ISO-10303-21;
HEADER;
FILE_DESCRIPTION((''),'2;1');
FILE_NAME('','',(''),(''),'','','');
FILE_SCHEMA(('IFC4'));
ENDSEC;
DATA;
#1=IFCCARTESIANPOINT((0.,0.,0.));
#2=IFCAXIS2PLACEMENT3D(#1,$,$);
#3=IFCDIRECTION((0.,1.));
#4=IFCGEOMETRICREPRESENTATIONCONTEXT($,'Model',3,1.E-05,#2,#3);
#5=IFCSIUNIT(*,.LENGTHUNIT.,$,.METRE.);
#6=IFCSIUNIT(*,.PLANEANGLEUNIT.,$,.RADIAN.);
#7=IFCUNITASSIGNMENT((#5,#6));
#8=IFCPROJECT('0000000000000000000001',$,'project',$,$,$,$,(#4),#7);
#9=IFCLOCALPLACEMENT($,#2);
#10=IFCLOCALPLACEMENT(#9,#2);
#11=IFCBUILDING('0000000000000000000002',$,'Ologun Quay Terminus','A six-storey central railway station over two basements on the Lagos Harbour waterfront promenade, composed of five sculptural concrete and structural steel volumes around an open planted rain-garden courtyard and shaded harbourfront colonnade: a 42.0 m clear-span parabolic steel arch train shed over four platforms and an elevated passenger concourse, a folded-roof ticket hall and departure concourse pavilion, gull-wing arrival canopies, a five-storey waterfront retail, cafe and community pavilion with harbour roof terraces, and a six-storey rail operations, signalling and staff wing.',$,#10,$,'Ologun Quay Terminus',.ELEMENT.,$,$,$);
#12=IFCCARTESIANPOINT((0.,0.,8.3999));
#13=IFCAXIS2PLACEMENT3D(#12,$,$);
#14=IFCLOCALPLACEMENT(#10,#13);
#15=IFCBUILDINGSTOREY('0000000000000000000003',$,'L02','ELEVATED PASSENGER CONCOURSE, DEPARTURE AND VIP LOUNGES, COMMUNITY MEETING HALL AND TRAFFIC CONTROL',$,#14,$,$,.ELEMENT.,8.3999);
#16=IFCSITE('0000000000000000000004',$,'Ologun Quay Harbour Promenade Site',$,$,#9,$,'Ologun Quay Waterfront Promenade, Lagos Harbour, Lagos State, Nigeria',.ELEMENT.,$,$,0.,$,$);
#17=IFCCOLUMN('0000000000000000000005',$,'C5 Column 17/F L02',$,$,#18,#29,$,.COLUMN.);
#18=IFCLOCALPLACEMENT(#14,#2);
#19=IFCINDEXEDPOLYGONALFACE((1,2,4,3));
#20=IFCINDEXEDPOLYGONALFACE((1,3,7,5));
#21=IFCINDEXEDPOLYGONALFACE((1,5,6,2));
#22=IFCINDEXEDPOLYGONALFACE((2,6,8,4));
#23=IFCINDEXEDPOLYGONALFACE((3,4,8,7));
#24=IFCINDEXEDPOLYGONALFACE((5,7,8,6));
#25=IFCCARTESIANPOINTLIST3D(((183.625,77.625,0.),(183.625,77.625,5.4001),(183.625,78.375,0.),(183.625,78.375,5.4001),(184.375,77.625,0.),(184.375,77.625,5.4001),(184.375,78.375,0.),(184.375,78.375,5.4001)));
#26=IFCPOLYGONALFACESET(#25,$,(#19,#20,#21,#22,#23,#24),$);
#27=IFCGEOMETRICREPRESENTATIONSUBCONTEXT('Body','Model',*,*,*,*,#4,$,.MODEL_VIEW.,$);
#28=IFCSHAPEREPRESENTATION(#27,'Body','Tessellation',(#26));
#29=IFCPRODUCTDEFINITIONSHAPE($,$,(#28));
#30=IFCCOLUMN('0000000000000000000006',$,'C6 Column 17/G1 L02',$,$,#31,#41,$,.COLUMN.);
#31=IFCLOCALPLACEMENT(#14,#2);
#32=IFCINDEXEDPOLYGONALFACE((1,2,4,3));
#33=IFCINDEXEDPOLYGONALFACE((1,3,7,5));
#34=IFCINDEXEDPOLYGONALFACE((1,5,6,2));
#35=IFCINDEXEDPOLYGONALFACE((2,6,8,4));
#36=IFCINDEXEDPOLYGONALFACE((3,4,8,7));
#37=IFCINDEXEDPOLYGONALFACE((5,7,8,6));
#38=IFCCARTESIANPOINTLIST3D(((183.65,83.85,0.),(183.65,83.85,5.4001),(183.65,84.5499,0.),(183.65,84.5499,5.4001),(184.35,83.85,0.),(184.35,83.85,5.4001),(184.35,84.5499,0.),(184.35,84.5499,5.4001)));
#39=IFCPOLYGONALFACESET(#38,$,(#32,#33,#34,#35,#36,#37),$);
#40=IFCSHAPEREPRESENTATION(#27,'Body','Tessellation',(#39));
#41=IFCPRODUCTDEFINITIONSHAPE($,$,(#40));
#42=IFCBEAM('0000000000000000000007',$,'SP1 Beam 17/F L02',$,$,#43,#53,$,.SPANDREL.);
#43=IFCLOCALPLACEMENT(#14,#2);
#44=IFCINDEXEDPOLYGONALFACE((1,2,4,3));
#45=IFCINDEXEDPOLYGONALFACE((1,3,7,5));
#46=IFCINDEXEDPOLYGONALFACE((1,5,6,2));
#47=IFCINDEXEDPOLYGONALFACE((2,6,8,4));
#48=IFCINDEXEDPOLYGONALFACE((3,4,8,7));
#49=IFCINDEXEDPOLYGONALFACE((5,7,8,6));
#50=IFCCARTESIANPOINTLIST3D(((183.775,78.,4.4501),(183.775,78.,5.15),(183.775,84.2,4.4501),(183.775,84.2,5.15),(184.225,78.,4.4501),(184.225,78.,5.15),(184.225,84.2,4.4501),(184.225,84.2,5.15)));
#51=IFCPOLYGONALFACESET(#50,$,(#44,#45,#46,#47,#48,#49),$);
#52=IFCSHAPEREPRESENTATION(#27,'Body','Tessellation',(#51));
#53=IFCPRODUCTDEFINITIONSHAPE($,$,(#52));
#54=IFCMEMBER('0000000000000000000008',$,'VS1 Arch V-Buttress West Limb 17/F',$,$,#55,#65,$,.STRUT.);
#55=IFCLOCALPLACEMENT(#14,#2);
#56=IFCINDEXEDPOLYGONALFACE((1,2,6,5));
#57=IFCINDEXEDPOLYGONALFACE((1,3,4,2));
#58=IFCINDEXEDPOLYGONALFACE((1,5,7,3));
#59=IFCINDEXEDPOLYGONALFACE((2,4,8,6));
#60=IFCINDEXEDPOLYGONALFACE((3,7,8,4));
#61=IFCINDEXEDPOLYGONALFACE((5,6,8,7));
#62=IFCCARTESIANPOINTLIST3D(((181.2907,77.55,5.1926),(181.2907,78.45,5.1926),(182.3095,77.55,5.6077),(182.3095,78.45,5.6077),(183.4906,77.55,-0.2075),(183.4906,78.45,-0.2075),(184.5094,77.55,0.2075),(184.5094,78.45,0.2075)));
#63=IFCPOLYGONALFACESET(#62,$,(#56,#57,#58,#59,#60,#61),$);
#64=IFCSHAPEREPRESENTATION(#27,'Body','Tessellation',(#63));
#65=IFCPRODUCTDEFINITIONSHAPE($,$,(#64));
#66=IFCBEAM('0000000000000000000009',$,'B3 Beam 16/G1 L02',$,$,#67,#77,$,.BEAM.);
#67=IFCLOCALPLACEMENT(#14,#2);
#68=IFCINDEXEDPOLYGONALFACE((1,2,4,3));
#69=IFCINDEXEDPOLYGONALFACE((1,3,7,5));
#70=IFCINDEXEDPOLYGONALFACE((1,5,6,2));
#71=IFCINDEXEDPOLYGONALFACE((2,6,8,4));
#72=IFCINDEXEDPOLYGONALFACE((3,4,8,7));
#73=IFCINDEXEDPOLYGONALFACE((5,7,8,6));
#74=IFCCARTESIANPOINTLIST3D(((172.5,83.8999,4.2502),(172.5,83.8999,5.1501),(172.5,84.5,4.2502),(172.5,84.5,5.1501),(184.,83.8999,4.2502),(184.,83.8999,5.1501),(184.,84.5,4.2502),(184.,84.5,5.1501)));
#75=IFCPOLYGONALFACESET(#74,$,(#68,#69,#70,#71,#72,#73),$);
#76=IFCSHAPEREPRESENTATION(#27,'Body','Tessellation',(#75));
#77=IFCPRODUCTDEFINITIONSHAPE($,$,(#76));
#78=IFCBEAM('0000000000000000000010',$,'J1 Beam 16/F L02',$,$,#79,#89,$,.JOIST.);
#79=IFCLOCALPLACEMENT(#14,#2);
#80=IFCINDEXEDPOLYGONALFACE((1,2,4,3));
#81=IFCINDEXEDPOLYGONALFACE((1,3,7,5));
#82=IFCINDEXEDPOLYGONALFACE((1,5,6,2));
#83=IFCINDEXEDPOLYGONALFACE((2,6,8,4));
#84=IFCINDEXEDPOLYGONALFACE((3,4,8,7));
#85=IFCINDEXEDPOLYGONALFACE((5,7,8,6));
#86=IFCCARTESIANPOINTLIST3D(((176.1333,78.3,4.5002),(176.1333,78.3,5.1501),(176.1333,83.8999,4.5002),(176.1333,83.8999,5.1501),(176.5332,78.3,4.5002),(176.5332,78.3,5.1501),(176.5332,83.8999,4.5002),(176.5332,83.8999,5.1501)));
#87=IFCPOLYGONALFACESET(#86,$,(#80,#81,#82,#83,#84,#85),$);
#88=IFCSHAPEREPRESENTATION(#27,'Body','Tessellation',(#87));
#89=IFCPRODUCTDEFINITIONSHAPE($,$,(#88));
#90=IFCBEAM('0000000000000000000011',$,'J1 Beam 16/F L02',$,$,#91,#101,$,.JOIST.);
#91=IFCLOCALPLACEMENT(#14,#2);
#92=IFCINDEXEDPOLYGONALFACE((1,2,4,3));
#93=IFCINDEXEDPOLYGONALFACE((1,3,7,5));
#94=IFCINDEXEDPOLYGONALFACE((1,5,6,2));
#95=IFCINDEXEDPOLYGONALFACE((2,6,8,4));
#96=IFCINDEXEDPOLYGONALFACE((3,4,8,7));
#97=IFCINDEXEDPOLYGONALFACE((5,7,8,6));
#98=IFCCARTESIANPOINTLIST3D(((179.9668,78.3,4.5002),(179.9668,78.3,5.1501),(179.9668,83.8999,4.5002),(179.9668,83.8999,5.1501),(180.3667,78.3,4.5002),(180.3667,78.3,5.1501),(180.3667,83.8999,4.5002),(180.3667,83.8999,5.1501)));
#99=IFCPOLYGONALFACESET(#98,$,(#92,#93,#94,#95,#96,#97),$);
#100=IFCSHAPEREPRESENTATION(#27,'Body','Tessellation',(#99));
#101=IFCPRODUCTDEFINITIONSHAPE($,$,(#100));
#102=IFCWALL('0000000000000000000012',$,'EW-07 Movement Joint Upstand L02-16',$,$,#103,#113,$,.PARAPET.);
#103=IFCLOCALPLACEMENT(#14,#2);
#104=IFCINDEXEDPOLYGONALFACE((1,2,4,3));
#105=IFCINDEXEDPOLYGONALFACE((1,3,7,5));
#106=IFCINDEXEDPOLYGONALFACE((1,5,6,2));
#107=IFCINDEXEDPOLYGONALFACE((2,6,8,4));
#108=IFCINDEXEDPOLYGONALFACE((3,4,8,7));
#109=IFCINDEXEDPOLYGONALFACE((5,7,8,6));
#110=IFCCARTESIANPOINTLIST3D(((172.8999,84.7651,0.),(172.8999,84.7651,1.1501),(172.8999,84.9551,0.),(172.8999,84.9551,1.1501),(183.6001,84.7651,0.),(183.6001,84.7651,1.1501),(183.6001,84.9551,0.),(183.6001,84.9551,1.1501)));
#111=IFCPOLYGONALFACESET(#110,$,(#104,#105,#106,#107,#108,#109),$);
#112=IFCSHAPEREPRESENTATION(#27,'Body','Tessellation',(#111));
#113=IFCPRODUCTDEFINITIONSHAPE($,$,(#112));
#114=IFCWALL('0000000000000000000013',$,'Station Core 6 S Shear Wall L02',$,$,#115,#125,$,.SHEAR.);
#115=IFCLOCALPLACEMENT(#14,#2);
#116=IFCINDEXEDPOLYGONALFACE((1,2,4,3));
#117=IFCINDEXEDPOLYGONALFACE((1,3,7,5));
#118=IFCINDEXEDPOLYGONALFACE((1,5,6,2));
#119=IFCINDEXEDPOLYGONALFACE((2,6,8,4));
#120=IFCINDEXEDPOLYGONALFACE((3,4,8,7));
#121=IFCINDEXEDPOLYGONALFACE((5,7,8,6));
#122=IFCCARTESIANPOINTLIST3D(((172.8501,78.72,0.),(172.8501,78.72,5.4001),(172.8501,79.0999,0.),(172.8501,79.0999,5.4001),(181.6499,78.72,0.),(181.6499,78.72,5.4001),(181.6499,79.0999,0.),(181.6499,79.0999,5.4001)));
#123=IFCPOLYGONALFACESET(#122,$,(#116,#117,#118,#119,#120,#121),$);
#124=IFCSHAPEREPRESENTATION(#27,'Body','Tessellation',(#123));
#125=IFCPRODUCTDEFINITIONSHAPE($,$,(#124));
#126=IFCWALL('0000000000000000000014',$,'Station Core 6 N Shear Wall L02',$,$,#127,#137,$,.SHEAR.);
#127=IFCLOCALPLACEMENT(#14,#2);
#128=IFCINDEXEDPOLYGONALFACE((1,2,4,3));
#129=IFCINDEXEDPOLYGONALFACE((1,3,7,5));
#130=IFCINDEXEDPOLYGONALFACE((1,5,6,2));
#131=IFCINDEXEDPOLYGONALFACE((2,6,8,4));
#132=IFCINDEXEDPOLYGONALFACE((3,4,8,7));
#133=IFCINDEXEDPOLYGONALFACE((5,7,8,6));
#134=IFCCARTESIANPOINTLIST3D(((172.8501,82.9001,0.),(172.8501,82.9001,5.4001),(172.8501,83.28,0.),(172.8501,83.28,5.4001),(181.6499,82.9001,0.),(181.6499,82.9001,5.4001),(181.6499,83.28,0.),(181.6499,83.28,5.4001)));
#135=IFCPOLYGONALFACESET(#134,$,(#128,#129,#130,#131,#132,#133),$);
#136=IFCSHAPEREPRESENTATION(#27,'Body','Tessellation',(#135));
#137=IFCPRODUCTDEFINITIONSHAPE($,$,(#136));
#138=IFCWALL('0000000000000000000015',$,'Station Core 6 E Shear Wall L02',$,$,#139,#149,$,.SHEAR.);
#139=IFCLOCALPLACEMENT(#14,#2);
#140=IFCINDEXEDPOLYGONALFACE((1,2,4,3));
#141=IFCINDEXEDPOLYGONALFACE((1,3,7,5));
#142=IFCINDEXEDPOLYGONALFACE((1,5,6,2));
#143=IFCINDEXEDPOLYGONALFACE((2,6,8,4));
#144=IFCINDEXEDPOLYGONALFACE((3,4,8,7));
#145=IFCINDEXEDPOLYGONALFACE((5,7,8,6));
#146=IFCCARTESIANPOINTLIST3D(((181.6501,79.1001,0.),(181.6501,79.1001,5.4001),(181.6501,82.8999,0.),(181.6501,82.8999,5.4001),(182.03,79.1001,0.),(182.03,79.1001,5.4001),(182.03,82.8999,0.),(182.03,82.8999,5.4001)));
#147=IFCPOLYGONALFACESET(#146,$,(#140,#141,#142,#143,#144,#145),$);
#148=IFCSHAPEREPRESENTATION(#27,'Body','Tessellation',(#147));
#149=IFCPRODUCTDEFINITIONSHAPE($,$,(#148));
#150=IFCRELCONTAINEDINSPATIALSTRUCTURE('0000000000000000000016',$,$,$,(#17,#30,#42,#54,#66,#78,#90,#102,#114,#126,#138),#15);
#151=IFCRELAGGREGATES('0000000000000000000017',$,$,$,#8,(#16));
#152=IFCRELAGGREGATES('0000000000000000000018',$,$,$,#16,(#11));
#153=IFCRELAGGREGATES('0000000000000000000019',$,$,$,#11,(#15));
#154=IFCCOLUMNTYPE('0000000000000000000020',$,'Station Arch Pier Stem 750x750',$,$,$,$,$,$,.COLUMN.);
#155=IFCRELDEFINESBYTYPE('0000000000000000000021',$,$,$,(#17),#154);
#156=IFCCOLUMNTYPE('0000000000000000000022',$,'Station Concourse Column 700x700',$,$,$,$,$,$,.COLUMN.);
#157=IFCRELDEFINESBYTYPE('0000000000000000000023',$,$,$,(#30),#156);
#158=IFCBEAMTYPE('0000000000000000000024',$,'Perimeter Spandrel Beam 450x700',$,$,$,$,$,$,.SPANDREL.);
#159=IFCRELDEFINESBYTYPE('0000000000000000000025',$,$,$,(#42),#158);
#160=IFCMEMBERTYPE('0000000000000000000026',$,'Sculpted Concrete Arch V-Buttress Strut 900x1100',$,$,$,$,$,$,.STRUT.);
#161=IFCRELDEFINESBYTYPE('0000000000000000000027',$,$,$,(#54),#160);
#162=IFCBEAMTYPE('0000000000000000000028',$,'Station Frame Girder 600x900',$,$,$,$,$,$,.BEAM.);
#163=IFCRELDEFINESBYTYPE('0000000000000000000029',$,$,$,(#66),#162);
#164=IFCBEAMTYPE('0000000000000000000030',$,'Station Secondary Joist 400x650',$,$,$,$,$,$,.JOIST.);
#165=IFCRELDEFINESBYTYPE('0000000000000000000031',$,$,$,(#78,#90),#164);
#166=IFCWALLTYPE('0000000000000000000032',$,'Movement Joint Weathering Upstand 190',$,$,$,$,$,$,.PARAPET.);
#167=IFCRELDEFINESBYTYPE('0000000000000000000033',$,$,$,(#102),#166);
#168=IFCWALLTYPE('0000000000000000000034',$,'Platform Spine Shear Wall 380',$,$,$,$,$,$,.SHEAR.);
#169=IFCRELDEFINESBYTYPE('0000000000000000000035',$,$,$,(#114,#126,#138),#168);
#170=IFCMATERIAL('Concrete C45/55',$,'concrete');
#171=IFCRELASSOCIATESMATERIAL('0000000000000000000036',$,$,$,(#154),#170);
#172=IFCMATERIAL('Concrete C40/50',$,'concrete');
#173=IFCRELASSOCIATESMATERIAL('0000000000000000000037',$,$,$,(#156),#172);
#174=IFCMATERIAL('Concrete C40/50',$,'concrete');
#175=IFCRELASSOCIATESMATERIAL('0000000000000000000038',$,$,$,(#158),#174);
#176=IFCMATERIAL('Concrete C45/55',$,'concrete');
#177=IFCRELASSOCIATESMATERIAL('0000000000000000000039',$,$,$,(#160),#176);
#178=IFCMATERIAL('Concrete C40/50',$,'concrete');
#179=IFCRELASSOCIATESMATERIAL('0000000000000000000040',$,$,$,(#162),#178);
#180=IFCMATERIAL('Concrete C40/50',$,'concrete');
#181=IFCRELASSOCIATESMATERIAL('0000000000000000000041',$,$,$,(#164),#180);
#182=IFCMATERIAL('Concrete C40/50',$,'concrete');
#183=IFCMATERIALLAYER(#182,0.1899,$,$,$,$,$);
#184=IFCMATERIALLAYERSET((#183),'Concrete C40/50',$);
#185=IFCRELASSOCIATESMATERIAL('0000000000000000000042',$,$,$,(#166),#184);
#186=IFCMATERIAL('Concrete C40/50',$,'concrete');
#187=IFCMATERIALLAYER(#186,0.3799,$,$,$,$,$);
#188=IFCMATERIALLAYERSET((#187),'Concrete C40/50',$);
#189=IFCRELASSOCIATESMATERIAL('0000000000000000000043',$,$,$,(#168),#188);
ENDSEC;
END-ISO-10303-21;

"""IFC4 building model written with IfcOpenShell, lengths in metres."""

from ifc_helpers import new_model, si_unit, direction, frame, frame_2d, origin, origin_2d, place, context, subcontext, project, spatial, rectangle, extrude, material, layer, layer_set, material_profile, profile_set, type_object, element, save


model = new_model("IFC4")

# Units and contexts
model_context = context("Model", 3, precision=1e-05, world=origin(), true_north=direction((0.0, 1.0)))
body_context = subcontext(model_context, "Body", "Model", "MODEL_VIEW")
ifc_project = project(units=[si_unit("LENGTHUNIT", "METRE"), si_unit("PLANEANGLEUNIT", "RADIAN")], contexts=[model_context])

# Site, building, storey
site_placement = place(None, origin())
site = spatial("IfcSite", under=ifc_project, at=site_placement, Name="Ologun Quay Harbour Promenade Site", LongName="Ologun Quay Waterfront Promenade, Lagos Harbour, Lagos State, Nigeria", CompositionType="ELEMENT", RefElevation=0.0)
building_placement = place(site_placement, origin())
building = spatial("IfcBuilding", under=site, at=building_placement, Name="Ologun Quay Terminus", Description="A six-storey central railway station over two basements on the Lagos Harbour waterfront promenade, composed of five sculptural concrete and structural steel volumes around an open planted rain-garden courtyard and shaded harbourfront colonnade: a 42.0 m clear-span parabolic steel arch train shed over four platforms and an elevated passenger concourse, a folded-roof ticket hall and departure concourse pavilion, gull-wing arrival canopies, a five-storey waterfront retail, cafe and community pavilion with harbour roof terraces, and a six-storey rail operations, signalling and staff wing.", LongName="Ologun Quay Terminus", CompositionType="ELEMENT")
storey_placement = place(building_placement, frame((0.0, 0.0, 8.3999)))
storey = spatial("IfcBuildingStorey", under=building, at=storey_placement, Name="L02", Description="ELEVATED PASSENGER CONCOURSE, DEPARTURE AND VIP LOUNGES, COMMUNITY MEETING HALL AND TRAFFIC CONTROL", CompositionType="ELEMENT", Elevation=8.3999)

# Columns
ifc_material_1 = material(Name="Concrete C45/55", Category="concrete")
ifc_material_profile_1 = material_profile(ifc_material_1, rectangle(XDim=0.75, YDim=0.75, at=origin_2d()), Name="RC 750x750")
ifc_profile_set_1 = profile_set([ifc_material_profile_1], Name="Concrete C45/55")
column_type_1 = type_object("IfcColumnType", Name="Station Arch Pier Stem 750x750", PredefinedType="COLUMN", material=ifc_profile_set_1)
column_1_placement = place(storey_placement, frame((184.0, 78.0, 0.0), z_axis=(0.0, 0.0, 1.0), x_axis=(1.0, 0.0, 0.0)))
element("IfcColumn", 1, at=column_1_placement, inside=storey, type_object=column_type_1, Name="C5 Column 17/F L02", PredefinedType="COLUMN", context=body_context, shape_type="SweptSolid", body=[
    extrude(rectangle(XDim=0.75, YDim=0.75, at=origin_2d()), origin(), (0.0, 0.0, 1.0), 5.4001),
])
ifc_material_2 = material(Name="Concrete C40/50", Category="concrete")
ifc_material_profile_2 = material_profile(ifc_material_2, rectangle(XDim=0.7, YDim=0.7, at=origin_2d()), Name="RC 700x700")
ifc_profile_set_2 = profile_set([ifc_material_profile_2], Name="Concrete C40/50")
column_type_2 = type_object("IfcColumnType", Name="Station Concourse Column 700x700", PredefinedType="COLUMN", material=ifc_profile_set_2)
column_2_placement = place(storey_placement, frame((184.0, 84.2, 0.0), z_axis=(0.0, 0.0, 1.0), x_axis=(1.0, 0.0, 0.0)))
element("IfcColumn", 2, at=column_2_placement, inside=storey, type_object=column_type_2, Name="C6 Column 17/G1 L02", PredefinedType="COLUMN", context=body_context, shape_type="SweptSolid", body=[
    extrude(rectangle(XDim=0.7, YDim=0.7, at=origin_2d()), origin(), (0.0, 0.0, 1.0), 5.4001),
])

# Beam
ifc_material_3 = material(Name="Concrete C40/50", Category="concrete")
ifc_material_profile_3 = material_profile(ifc_material_3, rectangle(XDim=0.45, YDim=0.7, at=origin_2d()), Name="RC 450x700")
ifc_profile_set_3 = profile_set([ifc_material_profile_3], Name="Concrete C40/50")
beam_type_1 = type_object("IfcBeamType", Name="Perimeter Spandrel Beam 450x700", PredefinedType="SPANDREL", material=ifc_profile_set_3)
beam_1_placement = place(storey_placement, frame((184.0, 78.0, 4.8), z_axis=(0.0, 1.0, 0.0), x_axis=(-1.0, 0.0, 0.0)))
element("IfcBeam", 3, at=beam_1_placement, inside=storey, type_object=beam_type_1, Name="SP1 Beam 17/F L02", PredefinedType="SPANDREL", context=body_context, shape_type="SweptSolid", body=[
    extrude(rectangle(XDim=0.45, YDim=0.7, at=origin_2d()), origin(), (0.0, 0.0, 1.0), 6.2),
])

# Member
ifc_material_4 = material(Name="Concrete C45/55", Category="concrete")
ifc_material_profile_4 = material_profile(ifc_material_4, rectangle(XDim=0.8999, YDim=1.1001, at=origin_2d()), Name="RC 900x1100")
ifc_profile_set_4 = profile_set([ifc_material_profile_4], Name="Concrete C45/55")
member_type = type_object("IfcMemberType", Name="Sculpted Concrete Arch V-Buttress Strut 900x1100", PredefinedType="STRUT", material=ifc_profile_set_4)
member_placement = place(storey_placement, frame((184.0, 78.0, 0.0), z_axis=(-0.377281, 0.0, 0.926099), x_axis=(0.0, -1.0, 0.0)))
element("IfcMember", 4, at=member_placement, inside=storey, type_object=member_type, Name="VS1 Arch V-Buttress West Limb 17/F", PredefinedType="STRUT", context=body_context, shape_type="SweptSolid", body=[
    extrude(rectangle(XDim=0.8999, YDim=1.1001, at=origin_2d()), origin(), (0.0, 0.0, 1.0), 5.8311),
])

# Beams
ifc_material_5 = material(Name="Concrete C40/50", Category="concrete")
ifc_material_profile_5 = material_profile(ifc_material_5, rectangle(XDim=0.6001, YDim=0.8999, at=origin_2d()), Name="RC 600x900")
ifc_profile_set_5 = profile_set([ifc_material_profile_5], Name="Concrete C40/50")
beam_type_2 = type_object("IfcBeamType", Name="Station Frame Girder 600x900", PredefinedType="BEAM", material=ifc_profile_set_5)
beam_2_placement = place(storey_placement, frame((172.5, 84.2, 4.7002), z_axis=(1.0, 0.0, 0.0), x_axis=(0.0, 1.0, 0.0)))
element("IfcBeam", 5, at=beam_2_placement, inside=storey, type_object=beam_type_2, Name="B3 Beam 16/G1 L02", PredefinedType="BEAM", context=body_context, shape_type="SweptSolid", body=[
    extrude(rectangle(XDim=0.6001, YDim=0.8999, at=origin_2d()), origin(), (0.0, 0.0, 1.0), 11.5),
])
ifc_material_6 = material(Name="Concrete C40/50", Category="concrete")
ifc_material_profile_6 = material_profile(ifc_material_6, rectangle(XDim=0.3999, YDim=0.6499, at=origin_2d()), Name="RC 400x650")
ifc_profile_set_6 = profile_set([ifc_material_profile_6], Name="Concrete C40/50")
beam_type_3 = type_object("IfcBeamType", Name="Station Secondary Joist 400x650", PredefinedType="JOIST", material=ifc_profile_set_6)
for number, where, z_axis, x_axis, name in (
    (6, (176.3333, 78.3, 4.8252), (0.0, 1.0, 0.0), (-1.0, 0.0, 0.0), "J1 Beam 16/F L02"),
    (7, (180.1667, 78.3, 4.8252), (0.0, 1.0, 0.0), (-1.0, 0.0, 0.0), "J1 Beam 16/F L02"),
):
    element("IfcBeam", number, at=place(storey_placement, frame(where, z_axis=z_axis, x_axis=x_axis)), inside=storey, type_object=beam_type_3, Name=name, PredefinedType="JOIST", context=body_context, shape_type="SweptSolid", body=[
        extrude(rectangle(XDim=0.3999, YDim=0.6499, at=origin_2d()), origin(), (0.0, 0.0, 1.0), 5.5999),
    ])

# Walls
ifc_material_7 = material(Name="Concrete C40/50", Category="concrete")
ifc_layer_1 = layer(ifc_material_7, 0.1899)
ifc_layer_set_1 = layer_set([ifc_layer_1], Name="Concrete C40/50")
wall_type_1 = type_object("IfcWallType", Name="Movement Joint Weathering Upstand 190", PredefinedType="PARAPET", material=ifc_layer_set_1)
wall_1_placement = place(storey_placement, frame((172.8999, 84.8601, 0.0), z_axis=(0.0, 0.0, 1.0), x_axis=(1.0, 0.0, 0.0)))
element("IfcWall", 8, at=wall_1_placement, inside=storey, type_object=wall_type_1, Name="EW-07 Movement Joint Upstand L02-16", PredefinedType="PARAPET", context=body_context, shape_type="SweptSolid", body=[
    extrude(rectangle(XDim=10.7002, YDim=0.1899, at=frame_2d((5.3501, 0.0))), origin(), (0.0, 0.0, 1.0), 1.1501),
])
ifc_material_8 = material(Name="Concrete C40/50", Category="concrete")
ifc_layer_2 = layer(ifc_material_8, 0.3799)
ifc_layer_set_2 = layer_set([ifc_layer_2], Name="Concrete C40/50")
wall_type_2 = type_object("IfcWallType", Name="Platform Spine Shear Wall 380", PredefinedType="SHEAR", material=ifc_layer_set_2)
for number, where, z_axis, x_axis, name in (
    (9, (172.8501, 78.9099, 0.0), (0.0, 0.0, 1.0), (1.0, 0.0, 0.0), "Station Core 6 S Shear Wall L02"),
    (10, (172.8501, 83.0901, 0.0), (0.0, 0.0, 1.0), (1.0, 0.0, 0.0), "Station Core 6 N Shear Wall L02"),
):
    element("IfcWall", number, at=place(storey_placement, frame(where, z_axis=z_axis, x_axis=x_axis)), inside=storey, type_object=wall_type_2, Name=name, PredefinedType="SHEAR", context=body_context, shape_type="SweptSolid", body=[
        extrude(rectangle(XDim=8.7998, YDim=0.3799, at=frame_2d((4.3999, 0.0))), origin(), (0.0, 0.0, 1.0), 5.4001),
    ])
wall_2_placement = place(storey_placement, frame((181.8401, 79.1001, 0.0), z_axis=(0.0, 0.0, 1.0), x_axis=(0.0, 1.0, 0.0)))
element("IfcWall", 11, at=wall_2_placement, inside=storey, type_object=wall_type_2, Name="Station Core 6 E Shear Wall L02", PredefinedType="SHEAR", context=body_context, shape_type="SweptSolid", body=[
    extrude(rectangle(XDim=3.7998, YDim=0.3799, at=frame_2d((1.8999, 0.0))), origin(), (0.0, 0.0, 1.0), 5.4001),
])

save(model, "model.ifc")
